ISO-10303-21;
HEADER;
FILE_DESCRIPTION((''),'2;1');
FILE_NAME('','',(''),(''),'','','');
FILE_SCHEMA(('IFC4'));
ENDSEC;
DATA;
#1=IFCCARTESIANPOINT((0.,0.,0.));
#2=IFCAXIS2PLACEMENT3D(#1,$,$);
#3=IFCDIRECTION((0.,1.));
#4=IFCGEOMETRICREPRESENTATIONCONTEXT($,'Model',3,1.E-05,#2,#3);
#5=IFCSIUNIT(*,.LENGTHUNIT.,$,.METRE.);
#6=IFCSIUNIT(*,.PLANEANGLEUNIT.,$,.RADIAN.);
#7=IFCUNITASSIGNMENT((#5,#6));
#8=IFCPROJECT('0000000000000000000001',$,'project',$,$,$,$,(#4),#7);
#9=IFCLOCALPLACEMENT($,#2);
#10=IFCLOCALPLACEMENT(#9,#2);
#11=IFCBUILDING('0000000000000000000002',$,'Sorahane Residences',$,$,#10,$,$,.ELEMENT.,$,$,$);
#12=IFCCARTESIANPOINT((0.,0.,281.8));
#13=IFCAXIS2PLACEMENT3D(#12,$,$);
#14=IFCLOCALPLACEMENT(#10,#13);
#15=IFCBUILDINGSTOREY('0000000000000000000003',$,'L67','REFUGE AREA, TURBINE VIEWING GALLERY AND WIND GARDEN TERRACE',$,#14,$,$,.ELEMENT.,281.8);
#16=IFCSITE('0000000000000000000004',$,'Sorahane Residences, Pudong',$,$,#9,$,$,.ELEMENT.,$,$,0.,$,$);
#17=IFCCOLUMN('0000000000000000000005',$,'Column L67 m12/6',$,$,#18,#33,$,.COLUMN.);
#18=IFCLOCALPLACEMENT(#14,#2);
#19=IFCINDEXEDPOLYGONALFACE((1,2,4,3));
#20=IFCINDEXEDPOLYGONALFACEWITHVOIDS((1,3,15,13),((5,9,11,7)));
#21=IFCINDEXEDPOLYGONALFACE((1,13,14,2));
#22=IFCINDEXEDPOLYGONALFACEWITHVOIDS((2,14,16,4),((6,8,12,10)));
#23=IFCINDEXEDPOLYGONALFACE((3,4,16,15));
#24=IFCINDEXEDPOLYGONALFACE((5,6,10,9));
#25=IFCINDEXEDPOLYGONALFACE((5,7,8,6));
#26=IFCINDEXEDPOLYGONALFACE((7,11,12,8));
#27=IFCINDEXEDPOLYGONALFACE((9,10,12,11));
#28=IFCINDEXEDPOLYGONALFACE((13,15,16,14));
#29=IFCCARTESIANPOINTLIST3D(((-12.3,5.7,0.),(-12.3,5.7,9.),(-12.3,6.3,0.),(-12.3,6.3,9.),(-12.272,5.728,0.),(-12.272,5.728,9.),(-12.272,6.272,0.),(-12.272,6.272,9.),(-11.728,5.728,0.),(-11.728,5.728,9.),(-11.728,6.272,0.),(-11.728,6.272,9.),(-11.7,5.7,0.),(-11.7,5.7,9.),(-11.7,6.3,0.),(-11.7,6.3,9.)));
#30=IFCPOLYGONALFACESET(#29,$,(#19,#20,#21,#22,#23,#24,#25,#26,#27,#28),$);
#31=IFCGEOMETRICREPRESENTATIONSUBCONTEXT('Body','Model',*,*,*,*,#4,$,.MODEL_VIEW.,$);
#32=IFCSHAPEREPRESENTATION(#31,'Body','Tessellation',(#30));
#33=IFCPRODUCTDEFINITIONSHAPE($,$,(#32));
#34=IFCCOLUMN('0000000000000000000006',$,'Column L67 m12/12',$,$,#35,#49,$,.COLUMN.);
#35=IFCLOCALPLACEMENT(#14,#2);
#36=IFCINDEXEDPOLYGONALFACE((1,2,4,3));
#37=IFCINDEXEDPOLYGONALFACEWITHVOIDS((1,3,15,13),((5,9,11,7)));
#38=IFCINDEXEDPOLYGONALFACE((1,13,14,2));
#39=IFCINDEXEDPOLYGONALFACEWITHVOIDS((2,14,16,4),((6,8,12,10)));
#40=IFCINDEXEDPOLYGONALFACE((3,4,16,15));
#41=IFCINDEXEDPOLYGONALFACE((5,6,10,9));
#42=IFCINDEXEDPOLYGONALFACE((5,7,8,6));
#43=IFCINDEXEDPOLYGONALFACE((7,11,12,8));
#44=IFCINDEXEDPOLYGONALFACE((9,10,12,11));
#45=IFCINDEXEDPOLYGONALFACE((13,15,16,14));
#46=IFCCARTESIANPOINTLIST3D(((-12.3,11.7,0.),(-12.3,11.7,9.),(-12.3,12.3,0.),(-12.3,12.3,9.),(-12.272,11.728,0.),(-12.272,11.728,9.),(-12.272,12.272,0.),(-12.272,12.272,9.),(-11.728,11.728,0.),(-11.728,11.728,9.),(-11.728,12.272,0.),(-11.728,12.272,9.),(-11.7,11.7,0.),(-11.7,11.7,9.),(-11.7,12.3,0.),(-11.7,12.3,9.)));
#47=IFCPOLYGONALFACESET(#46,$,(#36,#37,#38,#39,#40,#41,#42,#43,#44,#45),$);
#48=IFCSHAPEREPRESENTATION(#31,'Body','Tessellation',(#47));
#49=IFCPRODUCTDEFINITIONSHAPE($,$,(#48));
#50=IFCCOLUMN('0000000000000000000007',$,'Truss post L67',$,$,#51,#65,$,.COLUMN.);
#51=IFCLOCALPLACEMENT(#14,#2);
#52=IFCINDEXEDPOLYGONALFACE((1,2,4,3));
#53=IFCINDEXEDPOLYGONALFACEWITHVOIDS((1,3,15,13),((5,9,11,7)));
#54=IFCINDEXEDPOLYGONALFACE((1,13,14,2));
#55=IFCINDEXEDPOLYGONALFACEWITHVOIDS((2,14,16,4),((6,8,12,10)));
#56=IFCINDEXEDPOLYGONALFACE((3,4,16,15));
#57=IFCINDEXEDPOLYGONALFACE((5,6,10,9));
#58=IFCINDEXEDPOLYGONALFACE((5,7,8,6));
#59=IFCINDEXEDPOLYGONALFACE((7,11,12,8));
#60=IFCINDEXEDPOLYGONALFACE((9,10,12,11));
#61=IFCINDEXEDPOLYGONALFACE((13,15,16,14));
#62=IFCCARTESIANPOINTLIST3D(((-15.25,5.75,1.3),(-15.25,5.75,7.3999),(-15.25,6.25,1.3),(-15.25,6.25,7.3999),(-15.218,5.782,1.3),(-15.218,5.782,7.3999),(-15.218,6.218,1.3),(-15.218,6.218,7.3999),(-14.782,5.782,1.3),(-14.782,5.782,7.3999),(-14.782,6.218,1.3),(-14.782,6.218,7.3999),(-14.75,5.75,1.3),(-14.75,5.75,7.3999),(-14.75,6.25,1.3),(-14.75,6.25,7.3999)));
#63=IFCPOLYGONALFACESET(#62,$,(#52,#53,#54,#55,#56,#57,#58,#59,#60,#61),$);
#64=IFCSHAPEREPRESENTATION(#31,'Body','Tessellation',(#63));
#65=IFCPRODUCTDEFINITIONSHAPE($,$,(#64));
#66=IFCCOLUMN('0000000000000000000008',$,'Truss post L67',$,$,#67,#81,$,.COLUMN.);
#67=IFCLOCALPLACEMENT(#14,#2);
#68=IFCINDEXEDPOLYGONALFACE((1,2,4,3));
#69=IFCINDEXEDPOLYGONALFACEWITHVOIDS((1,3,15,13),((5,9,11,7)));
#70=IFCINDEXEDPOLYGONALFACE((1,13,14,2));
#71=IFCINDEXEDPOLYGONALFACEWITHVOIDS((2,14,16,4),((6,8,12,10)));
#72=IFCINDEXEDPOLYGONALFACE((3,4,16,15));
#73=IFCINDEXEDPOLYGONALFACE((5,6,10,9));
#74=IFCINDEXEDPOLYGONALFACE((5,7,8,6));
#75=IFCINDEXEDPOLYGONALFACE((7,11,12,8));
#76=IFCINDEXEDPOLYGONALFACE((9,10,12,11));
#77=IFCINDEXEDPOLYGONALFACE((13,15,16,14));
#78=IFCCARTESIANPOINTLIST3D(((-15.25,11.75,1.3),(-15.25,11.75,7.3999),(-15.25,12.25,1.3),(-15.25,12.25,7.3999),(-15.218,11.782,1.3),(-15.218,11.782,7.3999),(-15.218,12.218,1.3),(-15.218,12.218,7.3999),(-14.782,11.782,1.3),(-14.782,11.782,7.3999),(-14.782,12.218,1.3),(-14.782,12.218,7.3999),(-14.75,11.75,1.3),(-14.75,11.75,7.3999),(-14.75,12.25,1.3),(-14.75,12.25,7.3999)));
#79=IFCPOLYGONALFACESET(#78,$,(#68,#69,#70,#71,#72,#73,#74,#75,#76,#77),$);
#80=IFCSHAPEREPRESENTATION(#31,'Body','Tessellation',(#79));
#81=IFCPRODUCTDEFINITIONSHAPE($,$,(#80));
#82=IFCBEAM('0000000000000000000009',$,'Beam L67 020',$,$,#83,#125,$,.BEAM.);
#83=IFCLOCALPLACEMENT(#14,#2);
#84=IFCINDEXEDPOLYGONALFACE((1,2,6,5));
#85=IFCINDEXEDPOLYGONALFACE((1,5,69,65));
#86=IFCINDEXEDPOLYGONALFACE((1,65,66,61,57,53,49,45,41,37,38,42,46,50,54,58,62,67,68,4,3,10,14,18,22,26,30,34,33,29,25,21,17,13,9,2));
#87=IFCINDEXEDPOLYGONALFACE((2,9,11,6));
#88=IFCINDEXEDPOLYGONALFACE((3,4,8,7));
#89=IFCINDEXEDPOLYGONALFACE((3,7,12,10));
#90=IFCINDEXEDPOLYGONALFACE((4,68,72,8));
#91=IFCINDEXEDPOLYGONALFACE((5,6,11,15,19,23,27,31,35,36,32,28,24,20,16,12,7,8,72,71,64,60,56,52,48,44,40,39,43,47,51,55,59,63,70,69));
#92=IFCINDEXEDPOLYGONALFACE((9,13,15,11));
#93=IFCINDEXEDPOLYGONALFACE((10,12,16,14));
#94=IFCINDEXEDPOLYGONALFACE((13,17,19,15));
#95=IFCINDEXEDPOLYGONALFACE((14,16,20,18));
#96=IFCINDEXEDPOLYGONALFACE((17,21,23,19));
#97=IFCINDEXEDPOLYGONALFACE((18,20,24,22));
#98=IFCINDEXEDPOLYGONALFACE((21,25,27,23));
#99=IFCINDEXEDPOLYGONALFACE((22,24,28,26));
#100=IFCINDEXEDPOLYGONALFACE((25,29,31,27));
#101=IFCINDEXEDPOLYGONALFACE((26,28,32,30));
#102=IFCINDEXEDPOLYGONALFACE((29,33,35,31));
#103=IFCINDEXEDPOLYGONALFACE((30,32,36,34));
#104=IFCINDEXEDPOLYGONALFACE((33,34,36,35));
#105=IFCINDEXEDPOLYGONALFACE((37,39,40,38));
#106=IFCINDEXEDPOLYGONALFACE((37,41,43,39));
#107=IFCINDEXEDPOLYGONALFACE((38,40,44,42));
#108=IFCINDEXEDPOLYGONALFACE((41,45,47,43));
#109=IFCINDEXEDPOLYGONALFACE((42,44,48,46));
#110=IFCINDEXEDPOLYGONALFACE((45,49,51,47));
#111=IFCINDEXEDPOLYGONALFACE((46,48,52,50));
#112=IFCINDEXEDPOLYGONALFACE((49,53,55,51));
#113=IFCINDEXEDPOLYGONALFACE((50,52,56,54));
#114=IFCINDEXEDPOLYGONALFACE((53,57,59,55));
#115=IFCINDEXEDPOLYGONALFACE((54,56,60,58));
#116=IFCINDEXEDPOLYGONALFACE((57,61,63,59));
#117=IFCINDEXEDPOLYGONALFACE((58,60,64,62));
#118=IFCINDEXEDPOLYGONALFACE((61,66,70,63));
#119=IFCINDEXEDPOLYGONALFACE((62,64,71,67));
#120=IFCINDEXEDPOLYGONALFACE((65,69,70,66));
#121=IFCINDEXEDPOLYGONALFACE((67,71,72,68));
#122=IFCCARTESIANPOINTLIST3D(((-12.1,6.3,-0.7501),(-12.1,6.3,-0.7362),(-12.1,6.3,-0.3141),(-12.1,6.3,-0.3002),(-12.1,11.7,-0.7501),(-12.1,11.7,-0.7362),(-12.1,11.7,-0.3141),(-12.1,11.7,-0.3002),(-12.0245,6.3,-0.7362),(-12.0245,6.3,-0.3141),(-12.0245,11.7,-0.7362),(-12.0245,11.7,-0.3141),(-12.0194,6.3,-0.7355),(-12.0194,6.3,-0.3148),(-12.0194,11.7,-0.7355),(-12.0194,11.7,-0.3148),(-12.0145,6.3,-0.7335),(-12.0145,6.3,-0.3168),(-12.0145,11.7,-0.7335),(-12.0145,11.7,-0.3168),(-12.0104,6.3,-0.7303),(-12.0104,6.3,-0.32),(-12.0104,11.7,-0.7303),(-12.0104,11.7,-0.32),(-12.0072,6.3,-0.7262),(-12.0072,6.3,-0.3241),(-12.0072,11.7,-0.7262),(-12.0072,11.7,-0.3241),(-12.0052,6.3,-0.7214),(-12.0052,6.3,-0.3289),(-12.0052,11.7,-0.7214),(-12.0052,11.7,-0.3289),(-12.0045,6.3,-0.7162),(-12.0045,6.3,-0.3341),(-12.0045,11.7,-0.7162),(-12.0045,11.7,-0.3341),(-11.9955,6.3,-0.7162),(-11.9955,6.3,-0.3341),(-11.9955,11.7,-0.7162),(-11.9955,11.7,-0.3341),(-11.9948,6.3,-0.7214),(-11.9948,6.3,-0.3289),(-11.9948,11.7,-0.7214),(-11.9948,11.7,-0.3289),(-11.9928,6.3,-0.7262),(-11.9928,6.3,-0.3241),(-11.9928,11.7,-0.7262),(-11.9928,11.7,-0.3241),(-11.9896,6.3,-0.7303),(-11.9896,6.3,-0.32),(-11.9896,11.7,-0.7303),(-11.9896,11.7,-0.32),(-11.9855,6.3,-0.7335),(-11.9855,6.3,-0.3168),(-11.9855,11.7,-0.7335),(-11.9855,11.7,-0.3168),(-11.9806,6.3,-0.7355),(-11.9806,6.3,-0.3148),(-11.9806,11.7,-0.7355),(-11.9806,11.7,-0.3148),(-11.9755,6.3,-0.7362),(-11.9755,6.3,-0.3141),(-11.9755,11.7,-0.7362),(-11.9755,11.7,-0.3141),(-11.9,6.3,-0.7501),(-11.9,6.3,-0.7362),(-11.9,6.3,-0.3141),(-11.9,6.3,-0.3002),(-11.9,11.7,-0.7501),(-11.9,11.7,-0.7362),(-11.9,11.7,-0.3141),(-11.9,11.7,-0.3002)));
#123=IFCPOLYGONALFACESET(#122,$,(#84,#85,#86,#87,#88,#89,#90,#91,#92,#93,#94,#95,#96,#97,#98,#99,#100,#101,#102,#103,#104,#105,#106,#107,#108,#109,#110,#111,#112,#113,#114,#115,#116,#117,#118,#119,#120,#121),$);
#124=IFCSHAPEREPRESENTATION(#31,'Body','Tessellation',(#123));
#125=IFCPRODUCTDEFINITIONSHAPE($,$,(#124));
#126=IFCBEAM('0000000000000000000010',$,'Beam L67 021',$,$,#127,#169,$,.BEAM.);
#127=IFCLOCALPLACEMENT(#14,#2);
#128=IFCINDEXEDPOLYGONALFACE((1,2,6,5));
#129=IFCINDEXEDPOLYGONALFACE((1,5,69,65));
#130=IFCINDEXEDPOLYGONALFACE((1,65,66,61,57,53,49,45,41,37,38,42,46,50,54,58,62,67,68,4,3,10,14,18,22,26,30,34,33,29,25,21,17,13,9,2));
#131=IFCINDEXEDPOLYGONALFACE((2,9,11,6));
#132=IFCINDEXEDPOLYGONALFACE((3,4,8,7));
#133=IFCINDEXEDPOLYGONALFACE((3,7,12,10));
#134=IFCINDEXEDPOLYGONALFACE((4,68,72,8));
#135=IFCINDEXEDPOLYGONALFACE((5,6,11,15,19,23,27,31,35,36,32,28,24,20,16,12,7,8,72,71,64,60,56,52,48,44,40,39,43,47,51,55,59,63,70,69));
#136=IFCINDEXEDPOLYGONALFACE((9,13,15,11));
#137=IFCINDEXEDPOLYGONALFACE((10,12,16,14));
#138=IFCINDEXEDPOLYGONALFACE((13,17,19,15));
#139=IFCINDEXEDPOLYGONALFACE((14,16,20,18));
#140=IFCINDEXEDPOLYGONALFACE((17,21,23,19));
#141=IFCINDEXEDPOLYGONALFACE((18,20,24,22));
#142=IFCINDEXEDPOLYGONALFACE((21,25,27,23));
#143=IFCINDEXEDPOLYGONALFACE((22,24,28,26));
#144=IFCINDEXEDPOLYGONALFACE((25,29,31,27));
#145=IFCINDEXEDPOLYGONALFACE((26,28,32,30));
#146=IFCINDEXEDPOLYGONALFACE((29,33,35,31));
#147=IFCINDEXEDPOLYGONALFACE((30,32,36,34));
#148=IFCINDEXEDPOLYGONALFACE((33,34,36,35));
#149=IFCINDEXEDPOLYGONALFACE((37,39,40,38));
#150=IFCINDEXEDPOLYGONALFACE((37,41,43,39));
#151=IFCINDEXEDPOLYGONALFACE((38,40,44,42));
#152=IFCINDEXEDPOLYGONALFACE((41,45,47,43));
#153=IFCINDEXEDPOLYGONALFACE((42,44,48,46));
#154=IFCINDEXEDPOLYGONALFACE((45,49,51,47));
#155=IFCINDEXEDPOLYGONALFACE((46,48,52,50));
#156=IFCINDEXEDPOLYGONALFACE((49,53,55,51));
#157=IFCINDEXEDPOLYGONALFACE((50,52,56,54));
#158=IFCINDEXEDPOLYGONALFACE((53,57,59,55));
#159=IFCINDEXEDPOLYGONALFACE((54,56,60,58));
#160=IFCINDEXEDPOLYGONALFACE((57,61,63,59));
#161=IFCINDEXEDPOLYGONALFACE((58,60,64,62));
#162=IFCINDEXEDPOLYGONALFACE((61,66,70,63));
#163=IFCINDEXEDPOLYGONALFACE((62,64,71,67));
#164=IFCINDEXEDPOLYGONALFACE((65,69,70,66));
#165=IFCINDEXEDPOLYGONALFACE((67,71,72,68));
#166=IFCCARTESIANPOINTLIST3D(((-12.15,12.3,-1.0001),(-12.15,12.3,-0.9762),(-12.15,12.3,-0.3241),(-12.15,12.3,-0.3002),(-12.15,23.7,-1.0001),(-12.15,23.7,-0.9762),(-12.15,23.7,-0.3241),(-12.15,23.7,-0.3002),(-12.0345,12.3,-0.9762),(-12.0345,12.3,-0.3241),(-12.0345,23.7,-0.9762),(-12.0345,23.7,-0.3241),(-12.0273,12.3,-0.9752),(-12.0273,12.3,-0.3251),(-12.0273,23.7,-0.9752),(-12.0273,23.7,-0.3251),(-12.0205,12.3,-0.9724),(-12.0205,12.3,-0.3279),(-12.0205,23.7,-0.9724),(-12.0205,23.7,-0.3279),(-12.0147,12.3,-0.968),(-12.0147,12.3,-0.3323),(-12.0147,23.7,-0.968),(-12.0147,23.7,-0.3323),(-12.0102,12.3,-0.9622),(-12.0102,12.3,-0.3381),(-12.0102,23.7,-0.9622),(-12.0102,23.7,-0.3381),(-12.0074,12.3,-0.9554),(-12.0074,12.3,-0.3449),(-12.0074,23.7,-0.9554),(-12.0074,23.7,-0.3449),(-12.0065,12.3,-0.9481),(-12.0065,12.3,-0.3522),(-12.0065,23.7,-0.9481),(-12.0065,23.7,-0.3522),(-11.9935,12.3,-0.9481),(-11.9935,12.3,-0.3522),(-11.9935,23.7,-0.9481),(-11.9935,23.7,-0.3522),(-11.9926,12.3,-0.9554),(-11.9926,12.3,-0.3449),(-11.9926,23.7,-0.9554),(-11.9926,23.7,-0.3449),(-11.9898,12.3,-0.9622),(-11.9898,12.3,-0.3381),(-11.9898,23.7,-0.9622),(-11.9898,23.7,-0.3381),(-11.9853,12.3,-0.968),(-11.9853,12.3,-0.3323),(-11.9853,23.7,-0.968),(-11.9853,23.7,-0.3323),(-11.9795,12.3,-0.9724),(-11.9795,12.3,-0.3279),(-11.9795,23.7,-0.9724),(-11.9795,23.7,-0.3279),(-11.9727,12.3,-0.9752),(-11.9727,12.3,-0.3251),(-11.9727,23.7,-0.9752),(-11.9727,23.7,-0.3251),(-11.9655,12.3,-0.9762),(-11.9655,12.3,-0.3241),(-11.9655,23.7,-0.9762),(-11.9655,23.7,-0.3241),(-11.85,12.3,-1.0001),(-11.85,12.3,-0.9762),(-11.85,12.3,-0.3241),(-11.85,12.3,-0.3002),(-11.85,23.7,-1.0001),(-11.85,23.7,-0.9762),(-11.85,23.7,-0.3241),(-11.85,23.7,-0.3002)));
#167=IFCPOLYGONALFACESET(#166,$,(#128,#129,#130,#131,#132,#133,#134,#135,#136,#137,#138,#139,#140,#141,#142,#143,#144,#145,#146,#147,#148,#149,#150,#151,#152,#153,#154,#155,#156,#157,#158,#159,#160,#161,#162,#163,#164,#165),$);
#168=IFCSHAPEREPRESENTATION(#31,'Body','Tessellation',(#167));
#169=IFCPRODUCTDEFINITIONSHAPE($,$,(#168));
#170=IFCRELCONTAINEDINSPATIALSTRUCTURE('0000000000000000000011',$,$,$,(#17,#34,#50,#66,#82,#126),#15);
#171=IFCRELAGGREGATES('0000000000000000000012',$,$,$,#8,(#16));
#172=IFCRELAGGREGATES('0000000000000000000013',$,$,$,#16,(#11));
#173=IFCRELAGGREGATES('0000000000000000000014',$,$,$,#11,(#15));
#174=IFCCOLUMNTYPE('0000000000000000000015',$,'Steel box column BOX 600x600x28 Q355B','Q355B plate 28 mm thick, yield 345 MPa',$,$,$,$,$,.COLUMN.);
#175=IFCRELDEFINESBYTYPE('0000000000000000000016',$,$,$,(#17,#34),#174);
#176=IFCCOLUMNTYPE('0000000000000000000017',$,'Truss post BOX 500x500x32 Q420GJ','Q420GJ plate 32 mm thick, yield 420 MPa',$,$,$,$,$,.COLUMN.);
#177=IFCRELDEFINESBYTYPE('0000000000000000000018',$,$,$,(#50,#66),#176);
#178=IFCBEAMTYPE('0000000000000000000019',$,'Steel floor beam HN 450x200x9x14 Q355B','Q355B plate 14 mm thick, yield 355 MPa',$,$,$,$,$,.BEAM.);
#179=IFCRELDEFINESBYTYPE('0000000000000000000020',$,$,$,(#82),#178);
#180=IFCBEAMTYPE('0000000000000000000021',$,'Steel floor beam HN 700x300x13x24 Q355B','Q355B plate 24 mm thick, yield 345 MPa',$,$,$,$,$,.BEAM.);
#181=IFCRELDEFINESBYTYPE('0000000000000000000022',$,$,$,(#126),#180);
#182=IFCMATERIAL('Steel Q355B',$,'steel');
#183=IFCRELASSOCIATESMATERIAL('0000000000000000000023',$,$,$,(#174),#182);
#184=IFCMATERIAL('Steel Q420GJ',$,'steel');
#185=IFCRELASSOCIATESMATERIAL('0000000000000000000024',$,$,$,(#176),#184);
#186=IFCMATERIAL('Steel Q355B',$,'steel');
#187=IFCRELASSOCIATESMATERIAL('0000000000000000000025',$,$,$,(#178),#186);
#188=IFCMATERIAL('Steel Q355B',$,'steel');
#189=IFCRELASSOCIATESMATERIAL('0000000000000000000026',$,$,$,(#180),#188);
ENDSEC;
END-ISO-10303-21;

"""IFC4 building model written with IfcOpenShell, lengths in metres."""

from ifc_helpers import new_model, si_unit, direction, frame, origin, origin_2d, place, context, subcontext, project, spatial, hollow_rectangle, i_section, extrude, material, material_profile, profile_set, type_object, element, save


model = new_model("IFC4")

# Units and contexts
model_context = context("Model", 3, precision=1e-05, world=origin(), true_north=direction((0.0, 1.0)))
body_context = subcontext(model_context, "Body", "Model", "MODEL_VIEW")
ifc_project = project(units=[si_unit("LENGTHUNIT", "METRE"), si_unit("PLANEANGLEUNIT", "RADIAN")], contexts=[model_context])

# Site, building, storey
site_placement = place(None, origin())
site = spatial("IfcSite", under=ifc_project, at=site_placement, Name="Sorahane Residences, Pudong", CompositionType="ELEMENT", RefElevation=0.0)
building_placement = place(site_placement, origin())
building = spatial("IfcBuilding", under=site, at=building_placement, Name="Sorahane Residences", CompositionType="ELEMENT")
storey_placement = place(building_placement, frame((0.0, 0.0, 281.8)))
storey = spatial("IfcBuildingStorey", under=building, at=storey_placement, Name="L67", Description="REFUGE AREA, TURBINE VIEWING GALLERY AND WIND GARDEN TERRACE", CompositionType="ELEMENT", Elevation=281.8)

# Columns
ifc_material_1 = material(Name="Steel Q355B", Category="steel")
ifc_material_profile_1 = material_profile(ifc_material_1, hollow_rectangle(XDim=0.6001, YDim=0.6001, WallThickness=0.0281, at=origin_2d()), Name="BOX 600x600x28")
ifc_profile_set_1 = profile_set([ifc_material_profile_1], Name="Steel Q355B")
column_type_1 = type_object("IfcColumnType", Name="Steel box column BOX 600x600x28 Q355B", Description="Q355B plate 28 mm thick, yield 345 MPa", PredefinedType="COLUMN", material=ifc_profile_set_1)
for number, where, z_axis, x_axis, name in (
    (1, (-12.0, 6.0, 0.0), (0.0, 0.0, 1.0), (1.0, 0.0, 0.0), "Column L67 m12/6"),
    (2, (-12.0, 12.0, 0.0), (0.0, 0.0, 1.0), (1.0, 0.0, 0.0), "Column L67 m12/12"),
):
    element("IfcColumn", number, at=place(storey_placement, frame(where, z_axis=z_axis, x_axis=x_axis)), inside=storey, type_object=column_type_1, Name=name, PredefinedType="COLUMN", context=body_context, shape_type="SweptSolid", body=[
        extrude(hollow_rectangle(XDim=0.6001, YDim=0.6001, WallThickness=0.0281, at=origin_2d()), origin(), (0.0, 0.0, 1.0), 9.0),
    ])
ifc_material_2 = material(Name="Steel Q420GJ", Category="steel")
ifc_material_profile_2 = material_profile(ifc_material_2, hollow_rectangle(XDim=0.5, YDim=0.5, WallThickness=0.032, at=origin_2d()), Name="BOX 500x500x32")
ifc_profile_set_2 = profile_set([ifc_material_profile_2], Name="Steel Q420GJ")
column_type_2 = type_object("IfcColumnType", Name="Truss post BOX 500x500x32 Q420GJ", Description="Q420GJ plate 32 mm thick, yield 420 MPa", PredefinedType="COLUMN", material=ifc_profile_set_2)
for number, where, z_axis, x_axis, name in (
    (3, (-15.0, 6.0, 1.3), (0.0, 0.0, 1.0), (1.0, 0.0, 0.0), "Truss post L67"),
    (4, (-15.0, 12.0, 1.3), (0.0, 0.0, 1.0), (1.0, 0.0, 0.0), "Truss post L67"),
):
    element("IfcColumn", number, at=place(storey_placement, frame(where, z_axis=z_axis, x_axis=x_axis)), inside=storey, type_object=column_type_2, Name=name, PredefinedType="COLUMN", context=body_context, shape_type="SweptSolid", body=[
        extrude(hollow_rectangle(XDim=0.5, YDim=0.5, WallThickness=0.032, at=origin_2d()), origin(), (0.0, 0.0, 1.0), 6.0999),
    ])

# Beams
ifc_material_3 = material(Name="Steel Q355B", Category="steel")
ifc_material_profile_3 = material_profile(ifc_material_3, i_section(OverallWidth=0.2, OverallDepth=0.45, WebThickness=0.009, FlangeThickness=0.0139, FilletRadius=0.02, at=origin_2d()), Name="HN 450x200x9x14")
ifc_profile_set_3 = profile_set([ifc_material_profile_3], Name="Steel Q355B")
beam_type_1 = type_object("IfcBeamType", Name="Steel floor beam HN 450x200x9x14 Q355B", Description="Q355B plate 14 mm thick, yield 355 MPa", PredefinedType="BEAM", material=ifc_profile_set_3)
beam_1_placement = place(storey_placement, frame((-12.0, 6.3, -0.5251), z_axis=(0.0, 1.0, 0.0), x_axis=(-1.0, 0.0, 0.0)))
element("IfcBeam", 5, at=beam_1_placement, inside=storey, type_object=beam_type_1, Name="Beam L67 020", PredefinedType="BEAM", context=body_context, shape_type="SweptSolid", body=[
    extrude(i_section(OverallWidth=0.2, OverallDepth=0.45, WebThickness=0.009, FlangeThickness=0.0139, FilletRadius=0.02, at=origin_2d()), origin(), (0.0, 0.0, 1.0), 5.3999),
])
ifc_material_4 = material(Name="Steel Q355B", Category="steel")
ifc_material_profile_4 = material_profile(ifc_material_4, i_section(OverallWidth=0.3, OverallDepth=0.7, WebThickness=0.0129, FlangeThickness=0.0239, FilletRadius=0.0281, at=origin_2d()), Name="HN 700x300x13x24")
ifc_profile_set_4 = profile_set([ifc_material_profile_4], Name="Steel Q355B")
beam_type_2 = type_object("IfcBeamType", Name="Steel floor beam HN 700x300x13x24 Q355B", Description="Q355B plate 24 mm thick, yield 345 MPa", PredefinedType="BEAM", material=ifc_profile_set_4)
beam_2_placement = place(storey_placement, frame((-12.0, 12.3, -0.6501), z_axis=(0.0, 1.0, 0.0), x_axis=(-1.0, 0.0, 0.0)))
element("IfcBeam", 6, at=beam_2_placement, inside=storey, type_object=beam_type_2, Name="Beam L67 021", PredefinedType="BEAM", context=body_context, shape_type="SweptSolid", body=[
    extrude(i_section(OverallWidth=0.3, OverallDepth=0.7, WebThickness=0.0129, FlangeThickness=0.0239, FilletRadius=0.0281, at=origin_2d()), origin(), (0.0, 0.0, 1.0), 11.3999),
])

save(model, "model.ifc")
